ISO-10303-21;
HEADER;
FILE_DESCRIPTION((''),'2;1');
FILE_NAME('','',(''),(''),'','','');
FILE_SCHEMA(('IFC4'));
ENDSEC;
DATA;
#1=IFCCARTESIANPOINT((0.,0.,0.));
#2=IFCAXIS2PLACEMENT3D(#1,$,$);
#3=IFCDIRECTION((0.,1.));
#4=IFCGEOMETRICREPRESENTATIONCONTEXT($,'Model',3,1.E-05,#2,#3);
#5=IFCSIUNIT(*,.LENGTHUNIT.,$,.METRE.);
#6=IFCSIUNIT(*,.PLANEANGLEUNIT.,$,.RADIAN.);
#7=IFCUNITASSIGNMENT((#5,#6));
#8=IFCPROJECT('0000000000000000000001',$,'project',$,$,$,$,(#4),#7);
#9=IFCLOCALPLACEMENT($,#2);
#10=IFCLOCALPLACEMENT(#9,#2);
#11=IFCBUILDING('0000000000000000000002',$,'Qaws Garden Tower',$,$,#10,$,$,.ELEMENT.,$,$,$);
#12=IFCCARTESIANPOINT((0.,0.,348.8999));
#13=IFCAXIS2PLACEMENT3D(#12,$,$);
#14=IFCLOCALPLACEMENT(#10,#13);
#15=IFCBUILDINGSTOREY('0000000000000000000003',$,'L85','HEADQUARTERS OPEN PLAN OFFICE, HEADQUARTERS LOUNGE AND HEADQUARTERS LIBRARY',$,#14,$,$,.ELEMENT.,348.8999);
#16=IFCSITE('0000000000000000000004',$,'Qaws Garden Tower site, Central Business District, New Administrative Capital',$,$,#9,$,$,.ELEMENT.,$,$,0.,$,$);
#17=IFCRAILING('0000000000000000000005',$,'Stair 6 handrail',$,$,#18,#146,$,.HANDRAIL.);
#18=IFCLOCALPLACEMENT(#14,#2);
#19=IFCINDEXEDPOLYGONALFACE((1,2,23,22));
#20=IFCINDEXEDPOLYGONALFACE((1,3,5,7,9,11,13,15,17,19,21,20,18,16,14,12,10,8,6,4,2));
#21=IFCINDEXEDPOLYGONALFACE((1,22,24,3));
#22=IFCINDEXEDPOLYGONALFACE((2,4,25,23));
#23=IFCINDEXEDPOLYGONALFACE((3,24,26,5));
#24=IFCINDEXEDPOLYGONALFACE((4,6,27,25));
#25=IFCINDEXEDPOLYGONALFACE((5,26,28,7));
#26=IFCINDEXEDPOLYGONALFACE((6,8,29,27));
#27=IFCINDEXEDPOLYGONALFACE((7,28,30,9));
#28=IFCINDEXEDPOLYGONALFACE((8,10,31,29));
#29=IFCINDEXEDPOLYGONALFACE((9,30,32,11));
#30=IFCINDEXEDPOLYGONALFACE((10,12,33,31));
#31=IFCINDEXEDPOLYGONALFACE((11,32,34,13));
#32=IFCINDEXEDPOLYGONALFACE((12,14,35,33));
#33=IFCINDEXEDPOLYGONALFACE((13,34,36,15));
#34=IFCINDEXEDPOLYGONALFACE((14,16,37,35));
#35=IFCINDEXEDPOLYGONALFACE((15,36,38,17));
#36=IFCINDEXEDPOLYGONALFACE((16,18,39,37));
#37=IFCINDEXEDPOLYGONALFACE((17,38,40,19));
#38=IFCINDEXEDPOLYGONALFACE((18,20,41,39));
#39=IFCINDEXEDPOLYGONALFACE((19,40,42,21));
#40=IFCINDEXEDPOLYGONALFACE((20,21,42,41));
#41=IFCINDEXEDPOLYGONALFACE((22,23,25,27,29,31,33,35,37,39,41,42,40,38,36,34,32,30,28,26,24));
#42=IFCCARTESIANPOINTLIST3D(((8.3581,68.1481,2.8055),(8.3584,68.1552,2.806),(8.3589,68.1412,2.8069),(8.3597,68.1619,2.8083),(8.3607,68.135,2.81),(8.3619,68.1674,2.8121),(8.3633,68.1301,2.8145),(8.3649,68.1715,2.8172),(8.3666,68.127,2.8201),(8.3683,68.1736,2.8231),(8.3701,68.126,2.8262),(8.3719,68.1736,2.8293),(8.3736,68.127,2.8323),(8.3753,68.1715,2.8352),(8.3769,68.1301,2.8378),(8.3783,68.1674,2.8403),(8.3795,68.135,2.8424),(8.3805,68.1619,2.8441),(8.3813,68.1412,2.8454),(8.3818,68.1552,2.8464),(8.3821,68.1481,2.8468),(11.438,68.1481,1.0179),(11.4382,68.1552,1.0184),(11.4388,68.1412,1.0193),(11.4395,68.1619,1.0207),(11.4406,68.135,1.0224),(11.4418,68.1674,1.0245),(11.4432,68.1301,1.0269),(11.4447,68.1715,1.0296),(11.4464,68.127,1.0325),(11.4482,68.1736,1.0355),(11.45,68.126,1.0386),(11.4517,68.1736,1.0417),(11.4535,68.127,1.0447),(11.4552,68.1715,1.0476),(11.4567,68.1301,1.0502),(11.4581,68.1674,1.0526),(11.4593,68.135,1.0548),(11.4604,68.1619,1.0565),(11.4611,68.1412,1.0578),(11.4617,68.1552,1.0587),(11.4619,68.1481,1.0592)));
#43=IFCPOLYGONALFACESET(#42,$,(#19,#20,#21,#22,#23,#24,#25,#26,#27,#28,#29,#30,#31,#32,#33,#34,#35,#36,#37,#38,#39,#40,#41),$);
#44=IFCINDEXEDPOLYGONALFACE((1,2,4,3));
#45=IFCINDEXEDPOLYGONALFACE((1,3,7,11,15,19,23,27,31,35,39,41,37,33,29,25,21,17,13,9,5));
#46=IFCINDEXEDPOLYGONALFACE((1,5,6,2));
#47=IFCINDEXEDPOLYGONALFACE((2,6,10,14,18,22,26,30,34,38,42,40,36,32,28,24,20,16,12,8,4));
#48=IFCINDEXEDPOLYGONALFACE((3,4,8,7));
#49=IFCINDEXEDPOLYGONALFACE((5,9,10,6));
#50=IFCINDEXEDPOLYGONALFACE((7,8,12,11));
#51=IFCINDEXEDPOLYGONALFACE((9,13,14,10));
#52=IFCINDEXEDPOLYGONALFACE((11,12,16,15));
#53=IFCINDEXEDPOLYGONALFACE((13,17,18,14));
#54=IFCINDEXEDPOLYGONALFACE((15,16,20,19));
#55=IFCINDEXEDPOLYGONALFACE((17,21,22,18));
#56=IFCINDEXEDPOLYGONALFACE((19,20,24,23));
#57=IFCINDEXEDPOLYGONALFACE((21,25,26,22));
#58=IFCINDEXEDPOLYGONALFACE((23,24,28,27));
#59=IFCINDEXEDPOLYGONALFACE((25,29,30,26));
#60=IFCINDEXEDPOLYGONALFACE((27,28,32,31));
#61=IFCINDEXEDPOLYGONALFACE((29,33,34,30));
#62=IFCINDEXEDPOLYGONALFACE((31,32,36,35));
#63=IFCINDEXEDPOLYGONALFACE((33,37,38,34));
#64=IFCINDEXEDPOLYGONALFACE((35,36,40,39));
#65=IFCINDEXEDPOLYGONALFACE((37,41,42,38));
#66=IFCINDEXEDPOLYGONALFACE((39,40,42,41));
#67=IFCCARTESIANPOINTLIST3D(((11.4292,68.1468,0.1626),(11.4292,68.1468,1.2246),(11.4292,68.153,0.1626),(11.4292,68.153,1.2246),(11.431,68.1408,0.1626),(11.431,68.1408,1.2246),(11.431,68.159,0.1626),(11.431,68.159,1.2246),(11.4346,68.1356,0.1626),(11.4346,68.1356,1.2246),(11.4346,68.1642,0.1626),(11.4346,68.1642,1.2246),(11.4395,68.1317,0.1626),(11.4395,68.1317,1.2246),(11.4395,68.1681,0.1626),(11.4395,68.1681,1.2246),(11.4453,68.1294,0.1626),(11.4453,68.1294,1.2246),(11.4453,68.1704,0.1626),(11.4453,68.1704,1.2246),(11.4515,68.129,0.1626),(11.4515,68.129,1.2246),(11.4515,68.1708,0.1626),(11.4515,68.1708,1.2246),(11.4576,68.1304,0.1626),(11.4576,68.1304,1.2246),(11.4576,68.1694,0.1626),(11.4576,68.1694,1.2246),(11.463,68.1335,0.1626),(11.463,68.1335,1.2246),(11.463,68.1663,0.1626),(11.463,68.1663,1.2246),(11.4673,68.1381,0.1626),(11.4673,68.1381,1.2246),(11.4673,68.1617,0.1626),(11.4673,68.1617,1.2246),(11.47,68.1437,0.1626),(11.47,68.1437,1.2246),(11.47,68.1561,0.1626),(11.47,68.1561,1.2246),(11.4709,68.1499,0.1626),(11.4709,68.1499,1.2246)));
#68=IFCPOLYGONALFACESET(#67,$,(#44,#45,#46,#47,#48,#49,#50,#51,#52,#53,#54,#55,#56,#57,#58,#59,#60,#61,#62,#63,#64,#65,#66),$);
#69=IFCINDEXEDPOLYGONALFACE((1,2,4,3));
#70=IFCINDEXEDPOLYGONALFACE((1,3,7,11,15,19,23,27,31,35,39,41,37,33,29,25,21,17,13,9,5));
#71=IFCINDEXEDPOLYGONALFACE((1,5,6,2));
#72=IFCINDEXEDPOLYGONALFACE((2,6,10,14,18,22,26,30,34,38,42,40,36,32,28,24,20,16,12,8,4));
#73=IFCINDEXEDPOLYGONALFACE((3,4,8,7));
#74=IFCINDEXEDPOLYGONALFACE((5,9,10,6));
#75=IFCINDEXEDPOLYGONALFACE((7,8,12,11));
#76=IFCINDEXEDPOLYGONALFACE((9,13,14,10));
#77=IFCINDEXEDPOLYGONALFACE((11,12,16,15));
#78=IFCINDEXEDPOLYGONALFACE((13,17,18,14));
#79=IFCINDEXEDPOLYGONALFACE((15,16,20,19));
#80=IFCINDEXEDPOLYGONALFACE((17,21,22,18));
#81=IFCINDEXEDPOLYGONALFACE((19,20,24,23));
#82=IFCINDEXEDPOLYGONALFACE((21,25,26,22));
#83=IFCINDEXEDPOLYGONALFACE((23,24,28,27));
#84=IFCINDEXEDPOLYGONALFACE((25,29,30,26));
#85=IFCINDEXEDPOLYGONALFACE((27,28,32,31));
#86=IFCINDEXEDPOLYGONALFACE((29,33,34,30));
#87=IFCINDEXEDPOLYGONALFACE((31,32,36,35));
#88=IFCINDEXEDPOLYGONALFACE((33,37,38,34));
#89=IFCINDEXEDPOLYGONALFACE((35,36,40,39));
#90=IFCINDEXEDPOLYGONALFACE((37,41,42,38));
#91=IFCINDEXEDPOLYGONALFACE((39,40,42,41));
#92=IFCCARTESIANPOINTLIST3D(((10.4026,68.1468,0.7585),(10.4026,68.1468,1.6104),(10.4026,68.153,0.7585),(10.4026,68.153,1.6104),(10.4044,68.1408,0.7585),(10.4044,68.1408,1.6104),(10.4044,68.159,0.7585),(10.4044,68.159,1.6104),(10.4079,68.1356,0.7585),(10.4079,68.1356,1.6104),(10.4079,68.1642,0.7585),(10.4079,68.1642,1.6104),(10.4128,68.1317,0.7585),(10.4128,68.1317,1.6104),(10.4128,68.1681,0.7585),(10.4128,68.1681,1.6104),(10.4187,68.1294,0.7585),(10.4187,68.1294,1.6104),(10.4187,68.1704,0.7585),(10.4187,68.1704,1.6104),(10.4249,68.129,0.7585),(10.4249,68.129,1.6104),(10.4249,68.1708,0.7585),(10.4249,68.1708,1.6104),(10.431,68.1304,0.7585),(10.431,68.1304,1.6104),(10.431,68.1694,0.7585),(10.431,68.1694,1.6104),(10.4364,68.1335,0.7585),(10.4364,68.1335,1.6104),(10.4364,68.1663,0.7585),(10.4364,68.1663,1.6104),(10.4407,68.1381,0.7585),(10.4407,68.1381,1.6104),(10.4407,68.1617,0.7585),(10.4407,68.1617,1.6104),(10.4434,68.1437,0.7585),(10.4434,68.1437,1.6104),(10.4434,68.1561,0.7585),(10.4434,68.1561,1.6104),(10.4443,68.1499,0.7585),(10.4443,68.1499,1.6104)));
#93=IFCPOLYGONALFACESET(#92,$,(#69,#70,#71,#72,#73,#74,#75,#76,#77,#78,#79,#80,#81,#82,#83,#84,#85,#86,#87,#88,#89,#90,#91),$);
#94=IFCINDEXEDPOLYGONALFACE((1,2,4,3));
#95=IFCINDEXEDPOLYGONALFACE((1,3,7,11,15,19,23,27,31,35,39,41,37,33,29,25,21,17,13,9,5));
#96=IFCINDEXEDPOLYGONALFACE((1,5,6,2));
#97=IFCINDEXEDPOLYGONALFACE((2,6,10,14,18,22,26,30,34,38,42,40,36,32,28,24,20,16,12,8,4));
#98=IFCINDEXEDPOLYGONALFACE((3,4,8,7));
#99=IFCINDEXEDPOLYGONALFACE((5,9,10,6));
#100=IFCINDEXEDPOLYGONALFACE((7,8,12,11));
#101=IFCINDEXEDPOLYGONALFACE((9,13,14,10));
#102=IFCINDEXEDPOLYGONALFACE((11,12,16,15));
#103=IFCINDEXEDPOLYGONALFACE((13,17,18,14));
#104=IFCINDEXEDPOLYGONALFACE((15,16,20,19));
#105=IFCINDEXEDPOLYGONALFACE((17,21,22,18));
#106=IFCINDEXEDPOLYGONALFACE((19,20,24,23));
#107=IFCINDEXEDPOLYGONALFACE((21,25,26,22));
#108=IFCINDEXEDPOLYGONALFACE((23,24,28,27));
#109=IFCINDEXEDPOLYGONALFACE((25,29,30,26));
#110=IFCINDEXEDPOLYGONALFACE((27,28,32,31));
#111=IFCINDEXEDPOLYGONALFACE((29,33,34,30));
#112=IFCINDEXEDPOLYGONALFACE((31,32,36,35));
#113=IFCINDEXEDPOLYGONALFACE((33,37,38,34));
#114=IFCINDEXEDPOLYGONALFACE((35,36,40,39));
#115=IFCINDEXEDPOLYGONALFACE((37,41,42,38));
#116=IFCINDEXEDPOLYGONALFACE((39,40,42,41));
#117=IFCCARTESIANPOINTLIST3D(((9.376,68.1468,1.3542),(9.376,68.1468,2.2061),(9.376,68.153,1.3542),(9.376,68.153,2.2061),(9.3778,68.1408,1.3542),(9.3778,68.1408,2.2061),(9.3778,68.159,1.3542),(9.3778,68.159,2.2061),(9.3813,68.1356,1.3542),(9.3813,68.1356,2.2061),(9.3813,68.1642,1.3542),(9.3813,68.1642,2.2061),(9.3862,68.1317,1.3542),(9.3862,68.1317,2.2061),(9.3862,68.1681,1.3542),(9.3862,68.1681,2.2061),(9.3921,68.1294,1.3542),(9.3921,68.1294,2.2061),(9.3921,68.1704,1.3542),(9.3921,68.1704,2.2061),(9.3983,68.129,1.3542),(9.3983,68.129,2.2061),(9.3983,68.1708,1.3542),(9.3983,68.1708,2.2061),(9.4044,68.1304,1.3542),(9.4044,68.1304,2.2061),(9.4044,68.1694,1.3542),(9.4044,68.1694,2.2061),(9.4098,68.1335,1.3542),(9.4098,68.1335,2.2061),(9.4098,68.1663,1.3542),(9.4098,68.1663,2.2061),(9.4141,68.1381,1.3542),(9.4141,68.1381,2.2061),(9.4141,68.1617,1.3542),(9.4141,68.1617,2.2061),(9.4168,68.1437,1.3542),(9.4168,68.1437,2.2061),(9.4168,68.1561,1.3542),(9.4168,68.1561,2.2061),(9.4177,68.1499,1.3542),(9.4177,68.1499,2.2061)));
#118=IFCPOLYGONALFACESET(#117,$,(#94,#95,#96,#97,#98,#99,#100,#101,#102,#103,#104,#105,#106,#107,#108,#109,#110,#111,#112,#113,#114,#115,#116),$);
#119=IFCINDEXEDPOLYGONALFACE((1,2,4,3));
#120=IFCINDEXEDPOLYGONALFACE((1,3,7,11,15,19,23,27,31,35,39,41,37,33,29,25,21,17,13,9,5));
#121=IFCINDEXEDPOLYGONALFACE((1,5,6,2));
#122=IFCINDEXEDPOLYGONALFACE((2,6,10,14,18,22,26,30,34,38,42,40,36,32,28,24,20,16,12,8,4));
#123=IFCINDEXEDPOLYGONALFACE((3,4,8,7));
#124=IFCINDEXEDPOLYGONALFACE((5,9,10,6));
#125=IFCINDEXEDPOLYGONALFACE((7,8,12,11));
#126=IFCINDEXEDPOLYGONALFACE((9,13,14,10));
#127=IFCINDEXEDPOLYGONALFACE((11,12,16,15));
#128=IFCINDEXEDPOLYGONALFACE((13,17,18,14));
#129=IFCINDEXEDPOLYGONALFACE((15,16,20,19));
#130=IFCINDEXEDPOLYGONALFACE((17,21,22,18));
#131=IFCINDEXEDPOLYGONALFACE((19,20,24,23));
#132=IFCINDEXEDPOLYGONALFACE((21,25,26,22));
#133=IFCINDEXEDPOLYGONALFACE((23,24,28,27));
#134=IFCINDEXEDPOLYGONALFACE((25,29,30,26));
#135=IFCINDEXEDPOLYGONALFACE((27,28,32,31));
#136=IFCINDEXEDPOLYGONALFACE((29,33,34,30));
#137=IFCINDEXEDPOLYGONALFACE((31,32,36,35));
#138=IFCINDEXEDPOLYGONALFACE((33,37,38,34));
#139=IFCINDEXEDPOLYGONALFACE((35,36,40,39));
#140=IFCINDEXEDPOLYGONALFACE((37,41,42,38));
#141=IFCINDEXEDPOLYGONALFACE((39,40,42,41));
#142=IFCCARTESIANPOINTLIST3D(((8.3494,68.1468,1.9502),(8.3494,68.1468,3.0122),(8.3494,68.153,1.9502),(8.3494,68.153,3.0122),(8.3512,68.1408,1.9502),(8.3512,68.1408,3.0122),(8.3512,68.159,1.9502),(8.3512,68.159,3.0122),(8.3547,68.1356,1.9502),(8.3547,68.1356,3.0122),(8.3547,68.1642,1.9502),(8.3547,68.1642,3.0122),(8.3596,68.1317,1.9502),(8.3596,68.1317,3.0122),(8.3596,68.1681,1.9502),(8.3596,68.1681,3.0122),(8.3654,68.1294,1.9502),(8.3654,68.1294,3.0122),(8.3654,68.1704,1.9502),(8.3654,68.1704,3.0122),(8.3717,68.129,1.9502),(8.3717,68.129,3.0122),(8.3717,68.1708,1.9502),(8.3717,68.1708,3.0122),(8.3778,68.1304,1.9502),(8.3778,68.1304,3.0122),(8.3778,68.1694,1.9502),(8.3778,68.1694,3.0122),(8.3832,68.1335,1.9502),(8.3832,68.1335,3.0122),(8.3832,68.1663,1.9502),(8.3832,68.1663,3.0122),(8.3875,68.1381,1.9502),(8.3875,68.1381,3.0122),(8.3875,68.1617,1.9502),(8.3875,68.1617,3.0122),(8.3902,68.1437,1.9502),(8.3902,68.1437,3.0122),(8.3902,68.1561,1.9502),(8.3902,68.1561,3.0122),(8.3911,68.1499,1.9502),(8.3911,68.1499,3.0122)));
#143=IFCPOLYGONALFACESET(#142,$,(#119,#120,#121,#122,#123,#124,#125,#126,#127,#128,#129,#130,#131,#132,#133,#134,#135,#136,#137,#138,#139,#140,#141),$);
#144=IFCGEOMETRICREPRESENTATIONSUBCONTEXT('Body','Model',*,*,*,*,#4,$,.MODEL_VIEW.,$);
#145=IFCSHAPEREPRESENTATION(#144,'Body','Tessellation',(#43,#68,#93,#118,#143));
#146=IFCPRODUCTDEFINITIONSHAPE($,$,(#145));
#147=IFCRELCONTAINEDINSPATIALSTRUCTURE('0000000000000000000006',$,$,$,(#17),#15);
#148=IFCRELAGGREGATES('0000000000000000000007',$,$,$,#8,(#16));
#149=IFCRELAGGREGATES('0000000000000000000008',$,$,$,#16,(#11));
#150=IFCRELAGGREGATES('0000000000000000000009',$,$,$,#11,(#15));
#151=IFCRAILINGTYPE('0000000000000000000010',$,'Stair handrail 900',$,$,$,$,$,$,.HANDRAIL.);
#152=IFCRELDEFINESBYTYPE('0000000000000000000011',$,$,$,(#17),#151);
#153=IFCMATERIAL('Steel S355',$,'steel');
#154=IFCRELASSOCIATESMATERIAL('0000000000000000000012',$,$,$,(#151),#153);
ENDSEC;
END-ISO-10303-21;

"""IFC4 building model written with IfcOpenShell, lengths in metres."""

from ifc_helpers import new_model, si_unit, direction, frame, origin, origin_2d, place, context, subcontext, project, spatial, circle, extrude, material, type_object, element, save


model = new_model("IFC4")

# Units and contexts
model_context = context("Model", 3, precision=1e-05, world=origin(), true_north=direction((0.0, 1.0)))
body_context = subcontext(model_context, "Body", "Model", "MODEL_VIEW")
ifc_project = project(units=[si_unit("LENGTHUNIT", "METRE"), si_unit("PLANEANGLEUNIT", "RADIAN")], contexts=[model_context])

# Site, building, storey
site_placement = place(None, origin())
site = spatial("IfcSite", under=ifc_project, at=site_placement, Name="Qaws Garden Tower site, Central Business District, New Administrative Capital", CompositionType="ELEMENT", RefElevation=0.0)
building_placement = place(site_placement, origin())
building = spatial("IfcBuilding", under=site, at=building_placement, Name="Qaws Garden Tower", CompositionType="ELEMENT")
storey_placement = place(building_placement, frame((0.0, 0.0, 348.8999)))
storey = spatial("IfcBuildingStorey", under=building, at=storey_placement, Name="L85", Description="HEADQUARTERS OPEN PLAN OFFICE, HEADQUARTERS LOUNGE AND HEADQUARTERS LIBRARY", CompositionType="ELEMENT", Elevation=348.8999)

# Railing
ifc_material_1 = material(Name="Steel S355", Category="steel")
railing_type = type_object("IfcRailingType", Name="Stair handrail 900", PredefinedType="HANDRAIL", material=ifc_material_1)
railing_1_placement = place(storey_placement, frame((11.45, 68.1499, 0.1626)))
element("IfcRailing", 1, at=railing_1_placement, inside=storey, type_object=railing_type, Name="Stair 6 handrail", PredefinedType="HANDRAIL", context=body_context, shape_type="SweptSolid", body=[
    extrude(circle(Radius=0.0239, at=origin_2d()), frame((0.0, 0.0, 0.876), z_axis=(-0.864873, 0.0, 0.50199), x_axis=(0.0, -1.0, 0.0)), (0.0, 0.0, 1.0), 3.561),
    extrude(circle(Radius=0.021, at=origin_2d()), origin(), (0.0, 0.0, 1.0), 1.062),
    extrude(circle(Radius=0.021, at=origin_2d()), frame((-1.0266, 0.0, 0.5959)), (0.0, 0.0, 1.0), 0.8518),
    extrude(circle(Radius=0.021, at=origin_2d()), frame((-2.0532, 0.0, 1.1917)), (0.0, 0.0, 1.0), 0.8518),
    extrude(circle(Radius=0.021, at=origin_2d()), frame((-3.0798, 0.0, 1.7876)), (0.0, 0.0, 1.0), 1.062),
])

save(model, "model.ifc")
